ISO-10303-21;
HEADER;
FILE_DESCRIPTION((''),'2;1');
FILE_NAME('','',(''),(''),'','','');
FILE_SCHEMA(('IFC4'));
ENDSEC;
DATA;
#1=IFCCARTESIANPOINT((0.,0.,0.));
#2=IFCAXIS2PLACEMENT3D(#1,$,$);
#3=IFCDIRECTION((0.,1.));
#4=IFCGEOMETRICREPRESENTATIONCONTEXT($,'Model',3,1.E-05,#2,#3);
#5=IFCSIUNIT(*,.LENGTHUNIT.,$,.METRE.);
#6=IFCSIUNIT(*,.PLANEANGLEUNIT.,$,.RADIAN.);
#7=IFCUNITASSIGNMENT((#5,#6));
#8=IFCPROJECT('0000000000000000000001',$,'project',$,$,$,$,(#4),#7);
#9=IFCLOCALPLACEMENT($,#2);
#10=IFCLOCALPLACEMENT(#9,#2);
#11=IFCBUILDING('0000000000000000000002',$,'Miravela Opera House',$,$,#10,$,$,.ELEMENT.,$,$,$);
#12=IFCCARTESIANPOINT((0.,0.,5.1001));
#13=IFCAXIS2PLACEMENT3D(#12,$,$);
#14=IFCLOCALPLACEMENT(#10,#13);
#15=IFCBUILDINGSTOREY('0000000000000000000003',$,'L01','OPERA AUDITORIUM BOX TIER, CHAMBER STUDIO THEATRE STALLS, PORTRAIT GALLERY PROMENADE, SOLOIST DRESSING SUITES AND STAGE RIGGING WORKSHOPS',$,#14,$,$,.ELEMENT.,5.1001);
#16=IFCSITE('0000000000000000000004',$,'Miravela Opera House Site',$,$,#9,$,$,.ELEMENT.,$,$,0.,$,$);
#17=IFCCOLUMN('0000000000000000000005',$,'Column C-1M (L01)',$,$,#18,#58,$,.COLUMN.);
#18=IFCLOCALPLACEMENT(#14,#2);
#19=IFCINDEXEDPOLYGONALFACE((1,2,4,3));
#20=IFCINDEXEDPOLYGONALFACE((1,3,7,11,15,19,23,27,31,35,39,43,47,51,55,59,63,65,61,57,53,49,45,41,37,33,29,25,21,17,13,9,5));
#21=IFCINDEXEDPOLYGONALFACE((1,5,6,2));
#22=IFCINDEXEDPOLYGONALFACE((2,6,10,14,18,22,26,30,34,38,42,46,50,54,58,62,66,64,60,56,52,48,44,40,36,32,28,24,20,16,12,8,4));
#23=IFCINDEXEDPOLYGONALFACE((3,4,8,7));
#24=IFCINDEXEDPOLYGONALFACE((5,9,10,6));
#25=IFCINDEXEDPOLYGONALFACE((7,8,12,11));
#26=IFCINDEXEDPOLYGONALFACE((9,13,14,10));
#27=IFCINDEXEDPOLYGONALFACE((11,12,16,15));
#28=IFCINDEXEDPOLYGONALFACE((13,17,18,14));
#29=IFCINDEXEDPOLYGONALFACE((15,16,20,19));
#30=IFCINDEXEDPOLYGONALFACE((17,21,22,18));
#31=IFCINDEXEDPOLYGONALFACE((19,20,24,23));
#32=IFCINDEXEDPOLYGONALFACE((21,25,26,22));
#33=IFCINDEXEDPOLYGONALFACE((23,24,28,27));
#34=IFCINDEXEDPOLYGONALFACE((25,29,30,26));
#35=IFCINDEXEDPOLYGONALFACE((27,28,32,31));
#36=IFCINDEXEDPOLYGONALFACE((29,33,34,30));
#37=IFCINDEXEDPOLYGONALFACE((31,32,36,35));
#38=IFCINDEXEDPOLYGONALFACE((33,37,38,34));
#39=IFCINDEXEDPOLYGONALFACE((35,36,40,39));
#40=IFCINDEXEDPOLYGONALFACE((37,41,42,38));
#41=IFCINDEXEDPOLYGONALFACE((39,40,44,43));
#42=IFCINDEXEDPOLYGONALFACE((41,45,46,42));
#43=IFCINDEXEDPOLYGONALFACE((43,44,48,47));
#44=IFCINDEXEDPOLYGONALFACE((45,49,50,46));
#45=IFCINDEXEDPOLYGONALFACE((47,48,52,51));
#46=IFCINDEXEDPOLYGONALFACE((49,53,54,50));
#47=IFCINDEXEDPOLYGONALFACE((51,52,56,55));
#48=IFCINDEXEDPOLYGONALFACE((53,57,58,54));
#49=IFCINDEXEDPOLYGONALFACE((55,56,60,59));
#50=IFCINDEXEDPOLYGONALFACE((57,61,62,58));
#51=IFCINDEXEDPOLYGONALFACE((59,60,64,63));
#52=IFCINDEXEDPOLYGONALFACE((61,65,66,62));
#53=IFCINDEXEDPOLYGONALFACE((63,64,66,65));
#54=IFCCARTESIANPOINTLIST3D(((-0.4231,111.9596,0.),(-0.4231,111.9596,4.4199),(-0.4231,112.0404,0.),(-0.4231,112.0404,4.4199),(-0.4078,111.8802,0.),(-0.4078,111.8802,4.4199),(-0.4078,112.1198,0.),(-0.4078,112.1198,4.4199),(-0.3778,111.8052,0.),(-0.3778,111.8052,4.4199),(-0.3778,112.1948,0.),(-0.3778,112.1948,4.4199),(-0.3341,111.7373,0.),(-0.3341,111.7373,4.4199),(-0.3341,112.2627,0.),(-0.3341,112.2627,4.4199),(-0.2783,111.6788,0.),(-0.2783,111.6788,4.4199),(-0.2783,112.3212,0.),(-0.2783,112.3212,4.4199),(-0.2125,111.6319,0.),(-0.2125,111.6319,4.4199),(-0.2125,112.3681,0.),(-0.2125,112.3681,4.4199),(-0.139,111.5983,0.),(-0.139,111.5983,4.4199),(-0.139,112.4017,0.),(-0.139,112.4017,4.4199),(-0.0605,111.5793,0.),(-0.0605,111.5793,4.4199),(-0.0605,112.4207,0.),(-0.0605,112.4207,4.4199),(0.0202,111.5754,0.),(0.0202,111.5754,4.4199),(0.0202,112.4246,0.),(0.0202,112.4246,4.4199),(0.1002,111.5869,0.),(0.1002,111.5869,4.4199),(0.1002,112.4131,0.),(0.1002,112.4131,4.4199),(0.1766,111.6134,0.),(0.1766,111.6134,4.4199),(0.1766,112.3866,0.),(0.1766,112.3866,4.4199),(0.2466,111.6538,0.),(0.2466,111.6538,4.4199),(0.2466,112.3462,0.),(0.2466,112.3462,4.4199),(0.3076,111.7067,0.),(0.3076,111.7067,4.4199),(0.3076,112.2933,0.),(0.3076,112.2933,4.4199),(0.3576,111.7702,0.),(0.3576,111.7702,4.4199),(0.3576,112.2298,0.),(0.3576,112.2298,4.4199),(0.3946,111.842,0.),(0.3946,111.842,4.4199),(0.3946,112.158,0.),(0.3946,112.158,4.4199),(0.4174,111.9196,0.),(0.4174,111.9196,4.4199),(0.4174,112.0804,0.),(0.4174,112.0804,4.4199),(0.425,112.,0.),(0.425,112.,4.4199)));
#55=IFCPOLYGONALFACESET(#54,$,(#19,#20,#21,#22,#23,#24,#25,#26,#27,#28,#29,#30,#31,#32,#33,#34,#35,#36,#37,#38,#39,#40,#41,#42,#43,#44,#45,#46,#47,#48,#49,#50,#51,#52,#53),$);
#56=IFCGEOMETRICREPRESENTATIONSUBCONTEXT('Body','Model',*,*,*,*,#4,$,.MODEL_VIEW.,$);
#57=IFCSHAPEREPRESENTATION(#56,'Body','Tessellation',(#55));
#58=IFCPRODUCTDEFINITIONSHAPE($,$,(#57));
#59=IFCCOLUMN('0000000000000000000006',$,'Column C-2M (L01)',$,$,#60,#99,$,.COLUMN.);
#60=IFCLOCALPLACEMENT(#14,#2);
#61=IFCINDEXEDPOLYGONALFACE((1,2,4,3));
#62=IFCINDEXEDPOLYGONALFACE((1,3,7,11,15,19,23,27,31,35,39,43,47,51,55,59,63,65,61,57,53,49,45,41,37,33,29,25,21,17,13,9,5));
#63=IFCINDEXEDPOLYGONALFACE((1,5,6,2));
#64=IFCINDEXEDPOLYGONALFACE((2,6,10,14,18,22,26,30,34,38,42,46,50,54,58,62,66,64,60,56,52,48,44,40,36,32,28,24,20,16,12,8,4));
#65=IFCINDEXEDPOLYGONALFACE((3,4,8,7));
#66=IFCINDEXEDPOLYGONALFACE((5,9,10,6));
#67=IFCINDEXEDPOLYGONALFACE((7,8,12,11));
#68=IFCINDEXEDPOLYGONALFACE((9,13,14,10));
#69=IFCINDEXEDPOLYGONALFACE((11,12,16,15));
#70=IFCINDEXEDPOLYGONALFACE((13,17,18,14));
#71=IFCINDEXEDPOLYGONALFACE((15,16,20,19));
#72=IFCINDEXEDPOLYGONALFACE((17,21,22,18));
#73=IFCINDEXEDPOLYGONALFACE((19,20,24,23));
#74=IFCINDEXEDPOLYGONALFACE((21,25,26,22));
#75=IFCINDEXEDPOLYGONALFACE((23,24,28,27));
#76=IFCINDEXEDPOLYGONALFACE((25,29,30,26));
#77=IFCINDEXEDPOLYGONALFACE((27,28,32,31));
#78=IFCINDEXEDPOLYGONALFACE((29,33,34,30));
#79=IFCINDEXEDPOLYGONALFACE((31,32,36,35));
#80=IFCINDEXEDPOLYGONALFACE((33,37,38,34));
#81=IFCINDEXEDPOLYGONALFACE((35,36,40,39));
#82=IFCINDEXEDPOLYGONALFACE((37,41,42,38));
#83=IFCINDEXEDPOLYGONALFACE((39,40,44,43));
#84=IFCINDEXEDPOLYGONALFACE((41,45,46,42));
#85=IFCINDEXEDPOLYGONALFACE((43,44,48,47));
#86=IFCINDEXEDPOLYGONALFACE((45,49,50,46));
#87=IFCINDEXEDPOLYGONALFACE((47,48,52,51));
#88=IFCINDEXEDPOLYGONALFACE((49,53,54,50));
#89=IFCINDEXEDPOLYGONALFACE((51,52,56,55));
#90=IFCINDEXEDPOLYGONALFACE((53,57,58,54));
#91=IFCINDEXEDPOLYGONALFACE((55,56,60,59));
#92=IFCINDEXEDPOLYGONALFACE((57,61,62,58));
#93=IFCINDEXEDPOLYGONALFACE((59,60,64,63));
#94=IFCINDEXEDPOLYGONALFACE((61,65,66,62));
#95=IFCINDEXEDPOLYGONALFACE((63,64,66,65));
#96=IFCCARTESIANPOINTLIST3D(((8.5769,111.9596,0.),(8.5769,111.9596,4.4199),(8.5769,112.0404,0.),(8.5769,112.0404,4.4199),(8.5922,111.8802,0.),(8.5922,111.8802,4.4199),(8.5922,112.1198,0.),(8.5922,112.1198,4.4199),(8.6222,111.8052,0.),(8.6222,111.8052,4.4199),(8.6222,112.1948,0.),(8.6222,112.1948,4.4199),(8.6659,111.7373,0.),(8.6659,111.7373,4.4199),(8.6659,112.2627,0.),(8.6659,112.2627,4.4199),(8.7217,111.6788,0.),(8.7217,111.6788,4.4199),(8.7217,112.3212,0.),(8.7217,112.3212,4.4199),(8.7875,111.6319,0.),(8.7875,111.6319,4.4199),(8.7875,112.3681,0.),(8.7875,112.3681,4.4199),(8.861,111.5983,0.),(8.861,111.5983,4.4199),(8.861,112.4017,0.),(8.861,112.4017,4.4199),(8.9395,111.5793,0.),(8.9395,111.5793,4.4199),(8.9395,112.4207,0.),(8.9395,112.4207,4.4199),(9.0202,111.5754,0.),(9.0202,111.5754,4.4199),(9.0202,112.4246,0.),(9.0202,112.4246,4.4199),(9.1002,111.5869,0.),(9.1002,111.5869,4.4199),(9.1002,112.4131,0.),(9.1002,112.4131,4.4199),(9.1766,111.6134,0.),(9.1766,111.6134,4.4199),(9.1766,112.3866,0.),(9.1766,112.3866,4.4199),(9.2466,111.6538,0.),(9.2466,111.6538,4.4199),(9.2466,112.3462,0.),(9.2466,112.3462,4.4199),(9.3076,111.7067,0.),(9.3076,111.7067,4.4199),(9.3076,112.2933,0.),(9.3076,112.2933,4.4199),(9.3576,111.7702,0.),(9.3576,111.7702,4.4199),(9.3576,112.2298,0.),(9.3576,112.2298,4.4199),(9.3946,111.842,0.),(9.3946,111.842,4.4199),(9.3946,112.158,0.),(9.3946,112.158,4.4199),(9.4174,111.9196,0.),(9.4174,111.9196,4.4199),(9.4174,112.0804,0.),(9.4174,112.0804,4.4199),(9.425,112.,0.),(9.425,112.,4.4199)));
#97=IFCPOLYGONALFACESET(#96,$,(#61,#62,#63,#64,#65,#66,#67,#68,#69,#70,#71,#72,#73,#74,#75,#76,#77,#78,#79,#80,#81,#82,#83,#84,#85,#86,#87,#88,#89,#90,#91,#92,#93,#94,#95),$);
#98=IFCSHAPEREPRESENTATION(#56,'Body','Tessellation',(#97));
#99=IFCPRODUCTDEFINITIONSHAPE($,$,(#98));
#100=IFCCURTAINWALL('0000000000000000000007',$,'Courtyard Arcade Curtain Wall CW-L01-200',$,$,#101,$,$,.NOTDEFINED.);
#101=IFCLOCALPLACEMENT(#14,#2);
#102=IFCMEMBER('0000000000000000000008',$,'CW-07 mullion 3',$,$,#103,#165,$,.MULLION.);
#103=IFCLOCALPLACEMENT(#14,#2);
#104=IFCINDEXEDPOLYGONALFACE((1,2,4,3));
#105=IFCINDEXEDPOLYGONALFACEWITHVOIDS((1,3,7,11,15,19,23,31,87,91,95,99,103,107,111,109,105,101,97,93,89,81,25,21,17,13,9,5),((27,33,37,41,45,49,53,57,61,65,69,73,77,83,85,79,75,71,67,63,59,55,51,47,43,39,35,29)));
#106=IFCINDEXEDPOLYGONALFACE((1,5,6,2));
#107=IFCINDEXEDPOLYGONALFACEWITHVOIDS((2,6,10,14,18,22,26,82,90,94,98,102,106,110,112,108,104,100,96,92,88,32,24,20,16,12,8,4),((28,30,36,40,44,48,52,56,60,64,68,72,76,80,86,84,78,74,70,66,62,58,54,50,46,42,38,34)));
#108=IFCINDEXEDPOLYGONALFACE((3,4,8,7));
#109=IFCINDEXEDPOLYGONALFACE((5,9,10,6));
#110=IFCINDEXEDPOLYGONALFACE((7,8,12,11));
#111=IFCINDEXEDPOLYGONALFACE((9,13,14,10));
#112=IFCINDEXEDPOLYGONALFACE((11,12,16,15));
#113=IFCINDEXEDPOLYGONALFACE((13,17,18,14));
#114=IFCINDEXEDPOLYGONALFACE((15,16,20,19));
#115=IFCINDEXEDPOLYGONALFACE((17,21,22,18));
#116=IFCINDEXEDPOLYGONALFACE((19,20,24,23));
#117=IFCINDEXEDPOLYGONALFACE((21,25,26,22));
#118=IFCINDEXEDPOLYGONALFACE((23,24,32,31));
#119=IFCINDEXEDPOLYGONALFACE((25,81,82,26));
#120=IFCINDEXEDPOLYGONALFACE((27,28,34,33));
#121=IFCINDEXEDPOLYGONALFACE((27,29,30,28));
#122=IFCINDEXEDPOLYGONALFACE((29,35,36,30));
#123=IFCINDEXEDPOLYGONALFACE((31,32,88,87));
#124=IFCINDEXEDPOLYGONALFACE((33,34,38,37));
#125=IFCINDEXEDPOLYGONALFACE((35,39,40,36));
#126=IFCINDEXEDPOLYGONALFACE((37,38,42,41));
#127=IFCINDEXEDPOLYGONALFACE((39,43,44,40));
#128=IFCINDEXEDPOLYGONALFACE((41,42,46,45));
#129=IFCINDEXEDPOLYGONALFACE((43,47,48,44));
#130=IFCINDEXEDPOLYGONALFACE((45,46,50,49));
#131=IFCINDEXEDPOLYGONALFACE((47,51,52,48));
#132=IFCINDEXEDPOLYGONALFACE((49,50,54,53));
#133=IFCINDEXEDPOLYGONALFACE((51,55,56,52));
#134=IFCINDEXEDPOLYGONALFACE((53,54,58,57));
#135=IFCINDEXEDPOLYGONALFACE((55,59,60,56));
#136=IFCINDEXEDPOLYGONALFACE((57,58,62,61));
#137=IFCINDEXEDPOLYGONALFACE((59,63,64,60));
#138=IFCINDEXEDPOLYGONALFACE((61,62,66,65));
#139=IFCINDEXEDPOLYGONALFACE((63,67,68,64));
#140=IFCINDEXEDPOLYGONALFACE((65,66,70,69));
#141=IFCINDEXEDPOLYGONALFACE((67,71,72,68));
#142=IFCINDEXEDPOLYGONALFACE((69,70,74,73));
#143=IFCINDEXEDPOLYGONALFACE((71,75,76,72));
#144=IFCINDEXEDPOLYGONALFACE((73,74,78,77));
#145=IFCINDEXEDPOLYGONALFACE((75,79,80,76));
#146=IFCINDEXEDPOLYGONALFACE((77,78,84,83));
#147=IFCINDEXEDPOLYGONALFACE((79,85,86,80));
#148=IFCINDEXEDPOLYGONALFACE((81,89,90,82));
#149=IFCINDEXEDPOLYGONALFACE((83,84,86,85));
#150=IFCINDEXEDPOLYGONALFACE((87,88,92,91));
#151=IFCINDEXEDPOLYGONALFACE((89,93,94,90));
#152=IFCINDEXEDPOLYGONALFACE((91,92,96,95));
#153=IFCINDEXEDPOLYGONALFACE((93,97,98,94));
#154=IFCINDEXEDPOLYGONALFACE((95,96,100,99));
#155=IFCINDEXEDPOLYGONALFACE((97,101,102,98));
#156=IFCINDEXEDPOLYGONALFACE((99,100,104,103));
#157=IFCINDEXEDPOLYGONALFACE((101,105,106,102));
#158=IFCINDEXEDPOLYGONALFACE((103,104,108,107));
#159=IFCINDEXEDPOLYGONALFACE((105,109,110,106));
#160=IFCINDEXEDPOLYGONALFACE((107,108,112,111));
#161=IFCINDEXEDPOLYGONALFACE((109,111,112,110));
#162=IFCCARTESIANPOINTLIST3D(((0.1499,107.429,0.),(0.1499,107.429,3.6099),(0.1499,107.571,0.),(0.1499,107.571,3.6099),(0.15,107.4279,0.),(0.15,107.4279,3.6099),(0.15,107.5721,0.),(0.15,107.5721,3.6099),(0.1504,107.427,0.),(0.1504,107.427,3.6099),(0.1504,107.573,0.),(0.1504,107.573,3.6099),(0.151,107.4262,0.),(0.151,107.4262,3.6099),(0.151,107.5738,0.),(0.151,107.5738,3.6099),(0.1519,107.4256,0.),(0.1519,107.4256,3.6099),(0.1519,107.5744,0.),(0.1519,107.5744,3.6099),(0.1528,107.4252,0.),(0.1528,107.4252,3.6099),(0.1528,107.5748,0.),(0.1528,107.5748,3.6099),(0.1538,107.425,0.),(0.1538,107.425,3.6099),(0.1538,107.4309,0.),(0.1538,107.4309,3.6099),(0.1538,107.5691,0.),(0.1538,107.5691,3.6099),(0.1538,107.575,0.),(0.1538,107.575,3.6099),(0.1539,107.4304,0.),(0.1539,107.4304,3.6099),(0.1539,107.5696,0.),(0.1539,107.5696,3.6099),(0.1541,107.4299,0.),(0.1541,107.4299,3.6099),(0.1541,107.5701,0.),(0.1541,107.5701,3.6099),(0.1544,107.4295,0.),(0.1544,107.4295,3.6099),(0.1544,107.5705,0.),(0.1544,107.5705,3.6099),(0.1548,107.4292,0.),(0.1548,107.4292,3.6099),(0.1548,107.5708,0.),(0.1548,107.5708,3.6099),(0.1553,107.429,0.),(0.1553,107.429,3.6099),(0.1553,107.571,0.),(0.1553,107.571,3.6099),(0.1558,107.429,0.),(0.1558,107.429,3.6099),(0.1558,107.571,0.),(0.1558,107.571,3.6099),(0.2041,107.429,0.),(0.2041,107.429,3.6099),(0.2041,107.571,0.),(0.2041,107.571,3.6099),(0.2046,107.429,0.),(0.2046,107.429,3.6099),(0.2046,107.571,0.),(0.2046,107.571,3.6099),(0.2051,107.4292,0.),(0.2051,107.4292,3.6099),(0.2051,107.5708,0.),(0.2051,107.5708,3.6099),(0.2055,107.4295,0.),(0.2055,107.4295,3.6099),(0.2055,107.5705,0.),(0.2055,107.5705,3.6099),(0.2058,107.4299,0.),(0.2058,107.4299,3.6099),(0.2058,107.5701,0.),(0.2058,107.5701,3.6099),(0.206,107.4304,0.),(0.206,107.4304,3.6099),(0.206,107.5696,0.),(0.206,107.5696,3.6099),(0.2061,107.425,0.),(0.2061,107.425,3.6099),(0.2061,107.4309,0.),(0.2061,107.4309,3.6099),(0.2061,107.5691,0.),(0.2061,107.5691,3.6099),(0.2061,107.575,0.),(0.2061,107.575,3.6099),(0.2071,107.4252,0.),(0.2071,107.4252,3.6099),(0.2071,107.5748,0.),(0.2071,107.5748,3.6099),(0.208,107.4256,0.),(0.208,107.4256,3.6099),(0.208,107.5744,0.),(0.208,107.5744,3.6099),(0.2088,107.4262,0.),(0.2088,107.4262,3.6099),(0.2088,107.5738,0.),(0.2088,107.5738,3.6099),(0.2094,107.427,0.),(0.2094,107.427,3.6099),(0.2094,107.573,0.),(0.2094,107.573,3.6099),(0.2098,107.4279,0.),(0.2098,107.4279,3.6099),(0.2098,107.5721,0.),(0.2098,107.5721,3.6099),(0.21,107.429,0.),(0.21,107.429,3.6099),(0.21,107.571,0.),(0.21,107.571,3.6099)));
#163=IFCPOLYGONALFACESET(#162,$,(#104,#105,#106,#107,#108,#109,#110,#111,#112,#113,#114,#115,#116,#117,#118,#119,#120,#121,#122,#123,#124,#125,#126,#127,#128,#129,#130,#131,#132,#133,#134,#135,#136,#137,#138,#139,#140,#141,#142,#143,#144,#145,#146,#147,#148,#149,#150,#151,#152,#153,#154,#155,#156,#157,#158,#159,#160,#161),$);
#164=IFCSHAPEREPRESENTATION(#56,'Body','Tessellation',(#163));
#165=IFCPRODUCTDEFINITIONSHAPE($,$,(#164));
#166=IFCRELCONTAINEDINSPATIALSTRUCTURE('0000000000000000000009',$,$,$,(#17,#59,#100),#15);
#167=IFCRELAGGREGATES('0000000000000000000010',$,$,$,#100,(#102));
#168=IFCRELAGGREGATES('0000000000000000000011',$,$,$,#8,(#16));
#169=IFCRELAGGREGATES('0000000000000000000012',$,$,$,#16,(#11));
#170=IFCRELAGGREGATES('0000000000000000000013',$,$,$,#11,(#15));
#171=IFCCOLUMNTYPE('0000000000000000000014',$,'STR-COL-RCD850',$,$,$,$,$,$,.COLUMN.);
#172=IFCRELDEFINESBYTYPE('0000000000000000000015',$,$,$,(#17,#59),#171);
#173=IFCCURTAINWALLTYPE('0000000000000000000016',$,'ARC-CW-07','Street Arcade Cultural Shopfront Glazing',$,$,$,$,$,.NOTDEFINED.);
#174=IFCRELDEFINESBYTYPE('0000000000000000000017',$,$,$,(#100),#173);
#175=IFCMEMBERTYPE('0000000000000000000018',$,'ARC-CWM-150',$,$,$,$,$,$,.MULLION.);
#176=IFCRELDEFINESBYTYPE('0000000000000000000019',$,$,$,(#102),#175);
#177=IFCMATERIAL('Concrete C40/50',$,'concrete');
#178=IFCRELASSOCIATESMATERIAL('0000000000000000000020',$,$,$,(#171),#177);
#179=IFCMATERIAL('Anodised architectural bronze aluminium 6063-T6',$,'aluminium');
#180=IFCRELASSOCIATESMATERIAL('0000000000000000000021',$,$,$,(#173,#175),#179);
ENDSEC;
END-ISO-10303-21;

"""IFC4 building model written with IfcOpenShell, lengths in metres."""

from ifc_helpers import new_model, si_unit, direction, frame, origin, origin_2d, place, context, subcontext, project, spatial, hollow_rectangle, circle, extrude, material, material_profile, profile_set, type_object, element, aggregate, save


model = new_model("IFC4")

# Units and contexts
model_context = context("Model", 3, precision=1e-05, world=origin(), true_north=direction((0.0, 1.0)))
body_context = subcontext(model_context, "Body", "Model", "MODEL_VIEW")
ifc_project = project(units=[si_unit("LENGTHUNIT", "METRE"), si_unit("PLANEANGLEUNIT", "RADIAN")], contexts=[model_context])

# Site, building, storey
site_placement = place(None, origin())
site = spatial("IfcSite", under=ifc_project, at=site_placement, Name="Miravela Opera House Site", CompositionType="ELEMENT", RefElevation=0.0)
building_placement = place(site_placement, origin())
building = spatial("IfcBuilding", under=site, at=building_placement, Name="Miravela Opera House", CompositionType="ELEMENT")
storey_placement = place(building_placement, frame((0.0, 0.0, 5.1001)))
storey = spatial("IfcBuildingStorey", under=building, at=storey_placement, Name="L01", Description="OPERA AUDITORIUM BOX TIER, CHAMBER STUDIO THEATRE STALLS, PORTRAIT GALLERY PROMENADE, SOLOIST DRESSING SUITES AND STAGE RIGGING WORKSHOPS", CompositionType="ELEMENT", Elevation=5.1001)

# Columns
ifc_material_1 = material(Name="Concrete C40/50", Category="concrete")
ifc_material_profile_1 = material_profile(ifc_material_1, circle(Radius=0.425, at=origin_2d()), Name="RC-COL-D850")
ifc_profile_set_1 = profile_set([ifc_material_profile_1])
column_type = type_object("IfcColumnType", Name="STR-COL-RCD850", PredefinedType="COLUMN", material=ifc_profile_set_1)
for number, where, z_axis, x_axis, name in (
    (1, (0.0, 112.0, 0.0), (0.0, 0.0, 1.0), (1.0, 0.0, 0.0), "Column C-1M (L01)"),
    (2, (9.0, 112.0, 0.0), (0.0, 0.0, 1.0), (1.0, 0.0, 0.0), "Column C-2M (L01)"),
):
    element("IfcColumn", number, at=place(storey_placement, frame(where, z_axis=z_axis, x_axis=x_axis)), inside=storey, type_object=column_type, Name=name, PredefinedType="COLUMN", context=body_context, shape_type="SweptSolid", body=[
        extrude(circle(Radius=0.425, at=origin_2d()), origin(), (0.0, 0.0, 1.0), 4.4199),
    ])

# Curtain wall, member
ifc_material_2 = material(Name="Anodised architectural bronze aluminium 6063-T6", Category="aluminium")
curtain_wall_type = type_object("IfcCurtainWallType", Name="ARC-CW-07", Description="Street Arcade Cultural Shopfront Glazing", PredefinedType="NOTDEFINED", material=ifc_material_2)
curtain_wall_placement = place(storey_placement, origin())
curtain_wall = element("IfcCurtainWall", 3, at=curtain_wall_placement, inside=storey, type_object=curtain_wall_type, Name="Courtyard Arcade Curtain Wall CW-L01-200", PredefinedType="NOTDEFINED")
ifc_material_profile_2 = material_profile(ifc_material_2, hollow_rectangle(XDim=0.0601, YDim=0.1499, WallThickness=0.0039, InnerFilletRadius=0.002, OuterFilletRadius=0.0039, at=origin_2d()), Name="CWM-60X150")
ifc_profile_set_2 = profile_set([ifc_material_profile_2])
member_type_1 = type_object("IfcMemberType", Name="ARC-CWM-150", PredefinedType="MULLION", material=ifc_profile_set_2)
member_1_placement = place(storey_placement, frame((0.1799, 107.5, 0.0), z_axis=(0.0, 0.0, 1.0), x_axis=(-1.0, 0.0, 0.0)))
member_1 = element("IfcMember", 4, at=member_1_placement, type_object=member_type_1, Name="CW-07 mullion 3", PredefinedType="MULLION", context=body_context, shape_type="SweptSolid", body=[
    extrude(hollow_rectangle(XDim=0.0601, YDim=0.1499, WallThickness=0.0039, InnerFilletRadius=0.002, OuterFilletRadius=0.0039, at=origin_2d()), origin(), (0.0, 0.0, 1.0), 3.6099),
])

aggregate(curtain_wall, [member_1])

save(model, "model.ifc")
